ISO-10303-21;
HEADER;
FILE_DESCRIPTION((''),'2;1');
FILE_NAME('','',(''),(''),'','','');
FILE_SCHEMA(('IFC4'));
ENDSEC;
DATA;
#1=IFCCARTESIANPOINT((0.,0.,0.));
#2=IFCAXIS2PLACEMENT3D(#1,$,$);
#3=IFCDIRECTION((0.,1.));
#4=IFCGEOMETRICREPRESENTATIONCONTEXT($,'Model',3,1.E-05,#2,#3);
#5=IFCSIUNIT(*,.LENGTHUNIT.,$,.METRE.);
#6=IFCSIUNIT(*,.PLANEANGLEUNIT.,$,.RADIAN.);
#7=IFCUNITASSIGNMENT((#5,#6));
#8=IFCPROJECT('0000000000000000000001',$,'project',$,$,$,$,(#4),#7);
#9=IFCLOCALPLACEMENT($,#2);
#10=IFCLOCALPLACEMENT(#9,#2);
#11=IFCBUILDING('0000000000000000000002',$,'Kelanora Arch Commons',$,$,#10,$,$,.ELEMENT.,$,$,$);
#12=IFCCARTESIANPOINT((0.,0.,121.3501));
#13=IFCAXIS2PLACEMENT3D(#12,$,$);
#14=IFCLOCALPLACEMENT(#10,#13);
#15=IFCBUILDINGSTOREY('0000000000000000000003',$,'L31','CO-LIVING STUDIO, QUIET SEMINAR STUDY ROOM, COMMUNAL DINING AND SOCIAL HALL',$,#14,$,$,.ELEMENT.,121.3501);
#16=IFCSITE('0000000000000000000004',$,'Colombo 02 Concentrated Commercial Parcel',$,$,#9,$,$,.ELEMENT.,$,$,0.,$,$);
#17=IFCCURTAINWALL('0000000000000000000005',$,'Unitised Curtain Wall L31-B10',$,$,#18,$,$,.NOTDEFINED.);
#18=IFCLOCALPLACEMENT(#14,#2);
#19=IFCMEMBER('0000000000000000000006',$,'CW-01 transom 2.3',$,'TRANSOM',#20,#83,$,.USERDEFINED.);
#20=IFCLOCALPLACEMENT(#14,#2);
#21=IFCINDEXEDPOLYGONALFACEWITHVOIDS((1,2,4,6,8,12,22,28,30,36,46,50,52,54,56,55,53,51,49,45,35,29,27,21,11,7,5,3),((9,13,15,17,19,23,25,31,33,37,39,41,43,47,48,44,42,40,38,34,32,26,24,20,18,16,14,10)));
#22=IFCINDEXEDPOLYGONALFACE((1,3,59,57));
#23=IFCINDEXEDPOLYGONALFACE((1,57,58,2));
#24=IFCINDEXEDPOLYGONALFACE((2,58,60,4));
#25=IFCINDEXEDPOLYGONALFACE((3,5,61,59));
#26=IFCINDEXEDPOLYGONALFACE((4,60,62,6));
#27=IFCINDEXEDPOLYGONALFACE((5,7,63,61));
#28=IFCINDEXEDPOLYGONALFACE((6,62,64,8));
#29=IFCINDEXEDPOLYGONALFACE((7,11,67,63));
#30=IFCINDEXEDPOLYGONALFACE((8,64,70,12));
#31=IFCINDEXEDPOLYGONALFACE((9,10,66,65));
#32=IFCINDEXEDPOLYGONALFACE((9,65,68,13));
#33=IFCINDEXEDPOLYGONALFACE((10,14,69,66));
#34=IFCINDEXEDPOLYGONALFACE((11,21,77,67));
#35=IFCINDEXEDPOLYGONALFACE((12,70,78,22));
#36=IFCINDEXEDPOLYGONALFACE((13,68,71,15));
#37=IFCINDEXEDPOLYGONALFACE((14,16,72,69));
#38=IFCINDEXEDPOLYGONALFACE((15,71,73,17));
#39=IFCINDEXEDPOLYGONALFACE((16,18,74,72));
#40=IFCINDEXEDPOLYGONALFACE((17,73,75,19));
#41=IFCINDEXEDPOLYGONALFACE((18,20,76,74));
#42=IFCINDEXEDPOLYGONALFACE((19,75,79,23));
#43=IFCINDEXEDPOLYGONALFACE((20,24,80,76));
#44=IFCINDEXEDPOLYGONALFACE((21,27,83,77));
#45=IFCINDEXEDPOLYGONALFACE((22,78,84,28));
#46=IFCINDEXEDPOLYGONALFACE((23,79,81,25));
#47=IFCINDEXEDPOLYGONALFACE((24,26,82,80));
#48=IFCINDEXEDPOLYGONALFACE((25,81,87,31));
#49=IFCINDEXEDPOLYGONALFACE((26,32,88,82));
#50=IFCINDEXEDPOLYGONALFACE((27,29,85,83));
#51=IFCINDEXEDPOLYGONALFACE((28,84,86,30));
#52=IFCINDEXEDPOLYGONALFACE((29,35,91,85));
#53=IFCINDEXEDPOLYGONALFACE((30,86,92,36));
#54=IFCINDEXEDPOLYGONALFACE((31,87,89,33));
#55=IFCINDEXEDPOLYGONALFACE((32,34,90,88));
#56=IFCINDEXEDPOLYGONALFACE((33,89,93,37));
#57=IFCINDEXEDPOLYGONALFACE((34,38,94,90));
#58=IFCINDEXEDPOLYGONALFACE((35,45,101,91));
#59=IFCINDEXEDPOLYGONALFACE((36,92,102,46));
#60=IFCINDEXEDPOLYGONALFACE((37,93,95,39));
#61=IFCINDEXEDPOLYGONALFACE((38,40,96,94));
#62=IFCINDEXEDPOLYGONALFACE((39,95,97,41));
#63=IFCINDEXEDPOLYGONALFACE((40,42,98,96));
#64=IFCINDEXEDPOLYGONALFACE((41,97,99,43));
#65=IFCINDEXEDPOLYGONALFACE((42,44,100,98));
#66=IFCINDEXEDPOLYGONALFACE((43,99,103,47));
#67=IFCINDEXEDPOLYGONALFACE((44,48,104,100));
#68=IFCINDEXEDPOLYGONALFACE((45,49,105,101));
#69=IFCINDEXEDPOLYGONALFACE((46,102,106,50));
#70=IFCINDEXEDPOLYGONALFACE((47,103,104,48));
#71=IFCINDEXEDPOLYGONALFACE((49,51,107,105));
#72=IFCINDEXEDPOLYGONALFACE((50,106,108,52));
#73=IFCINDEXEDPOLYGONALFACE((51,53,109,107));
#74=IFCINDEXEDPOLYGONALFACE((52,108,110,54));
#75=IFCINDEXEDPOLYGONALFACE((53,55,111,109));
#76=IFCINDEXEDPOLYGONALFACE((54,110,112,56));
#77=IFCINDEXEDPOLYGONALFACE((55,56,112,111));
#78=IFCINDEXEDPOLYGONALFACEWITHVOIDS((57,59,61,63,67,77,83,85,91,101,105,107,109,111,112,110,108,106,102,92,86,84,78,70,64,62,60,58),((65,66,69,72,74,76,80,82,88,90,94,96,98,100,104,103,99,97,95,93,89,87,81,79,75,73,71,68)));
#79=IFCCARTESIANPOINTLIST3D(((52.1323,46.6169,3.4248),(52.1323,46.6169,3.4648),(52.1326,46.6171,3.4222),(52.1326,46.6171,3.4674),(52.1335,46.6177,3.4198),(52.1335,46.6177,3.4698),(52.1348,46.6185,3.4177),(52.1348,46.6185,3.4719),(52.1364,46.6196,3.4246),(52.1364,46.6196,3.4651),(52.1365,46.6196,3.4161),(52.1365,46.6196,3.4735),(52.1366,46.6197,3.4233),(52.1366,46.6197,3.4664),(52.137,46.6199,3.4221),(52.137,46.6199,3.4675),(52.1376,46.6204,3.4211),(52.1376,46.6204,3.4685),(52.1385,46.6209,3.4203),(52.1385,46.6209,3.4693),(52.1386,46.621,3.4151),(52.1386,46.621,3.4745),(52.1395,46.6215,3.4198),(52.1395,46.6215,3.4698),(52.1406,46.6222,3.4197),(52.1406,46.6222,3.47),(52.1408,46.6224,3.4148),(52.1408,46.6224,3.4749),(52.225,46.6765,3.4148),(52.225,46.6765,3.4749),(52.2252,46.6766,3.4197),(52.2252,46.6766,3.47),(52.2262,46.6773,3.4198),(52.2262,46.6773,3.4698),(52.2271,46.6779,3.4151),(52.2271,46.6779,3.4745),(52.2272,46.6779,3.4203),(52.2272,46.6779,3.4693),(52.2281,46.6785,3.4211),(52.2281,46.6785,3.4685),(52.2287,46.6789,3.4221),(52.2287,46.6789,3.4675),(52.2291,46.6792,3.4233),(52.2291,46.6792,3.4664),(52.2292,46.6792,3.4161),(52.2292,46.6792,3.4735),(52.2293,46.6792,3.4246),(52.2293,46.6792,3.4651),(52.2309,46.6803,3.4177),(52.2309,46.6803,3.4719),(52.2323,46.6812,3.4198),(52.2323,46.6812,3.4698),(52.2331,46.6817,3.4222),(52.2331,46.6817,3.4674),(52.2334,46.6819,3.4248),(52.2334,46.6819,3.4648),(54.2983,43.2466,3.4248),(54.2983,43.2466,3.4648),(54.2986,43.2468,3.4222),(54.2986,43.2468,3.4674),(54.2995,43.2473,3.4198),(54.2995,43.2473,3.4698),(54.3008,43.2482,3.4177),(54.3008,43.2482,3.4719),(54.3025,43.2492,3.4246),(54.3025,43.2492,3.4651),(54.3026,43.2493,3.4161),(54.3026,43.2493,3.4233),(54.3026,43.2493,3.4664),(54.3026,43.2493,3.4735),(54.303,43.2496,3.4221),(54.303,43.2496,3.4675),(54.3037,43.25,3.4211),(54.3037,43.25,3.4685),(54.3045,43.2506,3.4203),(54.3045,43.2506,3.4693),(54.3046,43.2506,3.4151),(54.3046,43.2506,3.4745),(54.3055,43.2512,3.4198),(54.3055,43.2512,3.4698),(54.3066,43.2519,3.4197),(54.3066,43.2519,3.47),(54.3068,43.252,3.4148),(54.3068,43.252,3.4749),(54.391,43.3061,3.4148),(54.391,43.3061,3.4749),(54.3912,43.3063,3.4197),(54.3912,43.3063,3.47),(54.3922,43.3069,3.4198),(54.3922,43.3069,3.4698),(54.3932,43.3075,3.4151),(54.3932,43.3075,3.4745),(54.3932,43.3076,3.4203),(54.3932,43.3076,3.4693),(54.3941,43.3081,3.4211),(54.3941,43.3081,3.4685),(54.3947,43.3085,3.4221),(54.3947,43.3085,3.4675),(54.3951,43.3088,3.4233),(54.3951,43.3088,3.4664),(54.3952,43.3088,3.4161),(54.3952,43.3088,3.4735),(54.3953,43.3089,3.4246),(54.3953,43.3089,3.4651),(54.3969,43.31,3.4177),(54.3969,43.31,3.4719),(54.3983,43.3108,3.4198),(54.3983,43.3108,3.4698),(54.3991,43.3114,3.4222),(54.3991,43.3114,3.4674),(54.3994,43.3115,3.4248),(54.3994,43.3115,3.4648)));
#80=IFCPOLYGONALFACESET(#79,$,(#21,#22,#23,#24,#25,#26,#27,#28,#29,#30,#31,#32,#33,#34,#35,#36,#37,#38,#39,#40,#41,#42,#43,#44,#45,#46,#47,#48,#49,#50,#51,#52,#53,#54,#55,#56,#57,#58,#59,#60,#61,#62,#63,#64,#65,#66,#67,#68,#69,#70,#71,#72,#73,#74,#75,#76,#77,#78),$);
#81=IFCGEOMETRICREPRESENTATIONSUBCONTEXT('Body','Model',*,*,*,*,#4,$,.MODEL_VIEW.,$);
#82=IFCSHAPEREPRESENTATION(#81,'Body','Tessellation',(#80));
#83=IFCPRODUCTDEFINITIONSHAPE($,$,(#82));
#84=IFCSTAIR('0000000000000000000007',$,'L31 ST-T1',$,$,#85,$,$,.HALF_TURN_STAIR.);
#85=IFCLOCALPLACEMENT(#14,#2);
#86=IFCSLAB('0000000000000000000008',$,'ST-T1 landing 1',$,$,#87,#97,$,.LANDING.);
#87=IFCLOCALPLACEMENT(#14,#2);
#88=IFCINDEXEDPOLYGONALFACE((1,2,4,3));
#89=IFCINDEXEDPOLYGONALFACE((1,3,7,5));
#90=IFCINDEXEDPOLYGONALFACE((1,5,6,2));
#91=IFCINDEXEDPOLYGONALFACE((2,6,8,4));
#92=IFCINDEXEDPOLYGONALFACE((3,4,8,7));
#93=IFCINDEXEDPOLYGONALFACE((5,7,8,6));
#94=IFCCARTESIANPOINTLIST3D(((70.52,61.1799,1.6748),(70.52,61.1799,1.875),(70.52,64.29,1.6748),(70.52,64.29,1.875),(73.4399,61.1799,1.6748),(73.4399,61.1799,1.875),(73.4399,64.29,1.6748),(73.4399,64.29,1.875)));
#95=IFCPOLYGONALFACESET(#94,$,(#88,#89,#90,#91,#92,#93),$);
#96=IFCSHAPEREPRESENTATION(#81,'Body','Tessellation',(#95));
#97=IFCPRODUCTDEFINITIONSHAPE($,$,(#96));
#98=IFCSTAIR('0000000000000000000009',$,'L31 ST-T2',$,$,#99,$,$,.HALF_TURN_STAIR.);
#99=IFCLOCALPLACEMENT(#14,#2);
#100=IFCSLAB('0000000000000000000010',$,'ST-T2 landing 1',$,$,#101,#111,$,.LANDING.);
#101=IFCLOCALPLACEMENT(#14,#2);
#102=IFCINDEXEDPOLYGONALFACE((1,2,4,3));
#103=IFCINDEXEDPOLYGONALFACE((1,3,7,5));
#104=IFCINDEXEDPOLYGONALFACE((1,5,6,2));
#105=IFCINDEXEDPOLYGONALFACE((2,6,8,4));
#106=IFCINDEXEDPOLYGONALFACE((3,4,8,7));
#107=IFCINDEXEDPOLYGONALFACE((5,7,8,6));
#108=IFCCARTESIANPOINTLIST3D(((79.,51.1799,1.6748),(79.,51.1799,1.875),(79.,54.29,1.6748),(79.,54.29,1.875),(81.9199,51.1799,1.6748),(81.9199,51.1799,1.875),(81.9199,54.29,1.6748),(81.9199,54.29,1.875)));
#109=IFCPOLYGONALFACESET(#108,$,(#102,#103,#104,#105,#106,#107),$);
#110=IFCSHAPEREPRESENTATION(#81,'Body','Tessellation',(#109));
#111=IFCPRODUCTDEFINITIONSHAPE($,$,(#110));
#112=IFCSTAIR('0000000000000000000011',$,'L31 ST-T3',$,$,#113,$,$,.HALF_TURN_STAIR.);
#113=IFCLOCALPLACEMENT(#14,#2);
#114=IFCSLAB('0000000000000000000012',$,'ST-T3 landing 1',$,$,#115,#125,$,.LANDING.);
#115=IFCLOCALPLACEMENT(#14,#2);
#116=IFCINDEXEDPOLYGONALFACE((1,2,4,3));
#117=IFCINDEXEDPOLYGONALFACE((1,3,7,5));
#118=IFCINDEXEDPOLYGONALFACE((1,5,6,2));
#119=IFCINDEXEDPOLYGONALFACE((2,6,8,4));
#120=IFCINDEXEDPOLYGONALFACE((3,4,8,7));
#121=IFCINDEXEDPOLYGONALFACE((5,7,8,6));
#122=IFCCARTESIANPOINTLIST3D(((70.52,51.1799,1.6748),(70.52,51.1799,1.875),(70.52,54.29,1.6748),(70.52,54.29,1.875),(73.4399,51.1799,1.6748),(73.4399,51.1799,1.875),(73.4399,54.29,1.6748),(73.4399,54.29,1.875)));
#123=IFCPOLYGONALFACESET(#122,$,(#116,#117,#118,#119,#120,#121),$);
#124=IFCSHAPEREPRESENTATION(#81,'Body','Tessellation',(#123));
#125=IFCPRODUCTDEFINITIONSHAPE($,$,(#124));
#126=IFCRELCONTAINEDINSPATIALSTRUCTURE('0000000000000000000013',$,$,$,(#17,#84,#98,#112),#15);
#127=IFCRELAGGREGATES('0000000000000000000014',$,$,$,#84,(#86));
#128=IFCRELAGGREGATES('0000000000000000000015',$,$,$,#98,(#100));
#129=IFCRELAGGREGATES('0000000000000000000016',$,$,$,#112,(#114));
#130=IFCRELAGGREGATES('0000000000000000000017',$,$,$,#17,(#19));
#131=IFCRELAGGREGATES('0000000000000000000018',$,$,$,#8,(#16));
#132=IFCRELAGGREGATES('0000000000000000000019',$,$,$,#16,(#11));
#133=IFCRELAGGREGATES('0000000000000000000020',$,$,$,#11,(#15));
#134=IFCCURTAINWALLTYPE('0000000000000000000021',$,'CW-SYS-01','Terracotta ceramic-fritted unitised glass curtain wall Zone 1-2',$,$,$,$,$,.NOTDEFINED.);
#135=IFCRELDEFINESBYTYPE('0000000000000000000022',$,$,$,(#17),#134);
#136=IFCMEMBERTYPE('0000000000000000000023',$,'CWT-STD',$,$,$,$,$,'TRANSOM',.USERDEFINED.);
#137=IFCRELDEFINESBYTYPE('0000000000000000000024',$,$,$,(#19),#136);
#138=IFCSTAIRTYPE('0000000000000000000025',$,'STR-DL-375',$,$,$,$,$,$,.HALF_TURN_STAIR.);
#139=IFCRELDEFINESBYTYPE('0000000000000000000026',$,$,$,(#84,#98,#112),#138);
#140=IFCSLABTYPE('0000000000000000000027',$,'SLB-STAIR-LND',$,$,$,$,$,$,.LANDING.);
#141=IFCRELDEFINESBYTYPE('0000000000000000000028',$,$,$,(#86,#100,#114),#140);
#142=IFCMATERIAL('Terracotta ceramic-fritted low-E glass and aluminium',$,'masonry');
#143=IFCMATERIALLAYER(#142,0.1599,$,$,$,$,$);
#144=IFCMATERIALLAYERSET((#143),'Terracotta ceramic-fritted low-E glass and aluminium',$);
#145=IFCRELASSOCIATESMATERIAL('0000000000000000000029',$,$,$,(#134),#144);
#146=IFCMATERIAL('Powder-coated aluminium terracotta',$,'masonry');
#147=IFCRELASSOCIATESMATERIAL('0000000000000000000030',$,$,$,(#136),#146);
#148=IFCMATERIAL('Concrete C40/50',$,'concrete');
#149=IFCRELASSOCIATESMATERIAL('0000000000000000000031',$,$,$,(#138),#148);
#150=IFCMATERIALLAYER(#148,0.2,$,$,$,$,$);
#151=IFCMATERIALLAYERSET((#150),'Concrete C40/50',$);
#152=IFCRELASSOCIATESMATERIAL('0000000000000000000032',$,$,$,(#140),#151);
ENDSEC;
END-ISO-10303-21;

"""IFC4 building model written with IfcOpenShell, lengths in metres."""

from ifc_helpers import new_model, si_unit, direction, frame, origin, origin_2d, place, context, subcontext, project, spatial, polyline, hollow_rectangle, outline, extrude, material, layer, layer_set, material_profile, profile_set, type_object, element, aggregate, save


model = new_model("IFC4")

# Units and contexts
model_context = context("Model", 3, precision=1e-05, world=origin(), true_north=direction((0.0, 1.0)))
body_context = subcontext(model_context, "Body", "Model", "MODEL_VIEW")
ifc_project = project(units=[si_unit("LENGTHUNIT", "METRE"), si_unit("PLANEANGLEUNIT", "RADIAN")], contexts=[model_context])

# Site, building, storey
site_placement = place(None, origin())
site = spatial("IfcSite", under=ifc_project, at=site_placement, Name="Colombo 02 Concentrated Commercial Parcel", CompositionType="ELEMENT", RefElevation=0.0)
building_placement = place(site_placement, origin())
building = spatial("IfcBuilding", under=site, at=building_placement, Name="Kelanora Arch Commons", CompositionType="ELEMENT")
storey_placement = place(building_placement, frame((0.0, 0.0, 121.3501)))
storey = spatial("IfcBuildingStorey", under=building, at=storey_placement, Name="L31", Description="CO-LIVING STUDIO, QUIET SEMINAR STUDY ROOM, COMMUNAL DINING AND SOCIAL HALL", CompositionType="ELEMENT", Elevation=121.3501)

# Curtain wall, member
ifc_material_1 = material(Name="Terracotta ceramic-fritted low-E glass and aluminium", Category="masonry")
ifc_layer_1 = layer(ifc_material_1, 0.1599)
ifc_layer_set_1 = layer_set([ifc_layer_1], Name="Terracotta ceramic-fritted low-E glass and aluminium")
curtain_wall_type = type_object("IfcCurtainWallType", Name="CW-SYS-01", Description="Terracotta ceramic-fritted unitised glass curtain wall Zone 1-2", PredefinedType="NOTDEFINED", material=ifc_layer_set_1)
curtain_wall_placement = place(storey_placement, origin())
curtain_wall = element("IfcCurtainWall", 1, at=curtain_wall_placement, inside=storey, type_object=curtain_wall_type, Name="Unitised Curtain Wall L31-B10", PredefinedType="NOTDEFINED")
ifc_material_2 = material(Name="Powder-coated aluminium terracotta", Category="masonry")
ifc_material_profile_1 = material_profile(ifc_material_2, hollow_rectangle(XDim=0.1201, YDim=0.0601, WallThickness=0.0049, InnerFilletRadius=0.0049, OuterFilletRadius=0.01, at=origin_2d()), Name="CWT120x60")
ifc_profile_set_1 = profile_set([ifc_material_profile_1], Name="Powder-coated aluminium terracotta")
member_type_1 = type_object("IfcMemberType", Name="CWT-STD", ElementType="TRANSOM", PredefinedType="USERDEFINED", material=ifc_profile_set_1)
member_1_placement = place(storey_placement, frame((52.1829, 46.6494, 3.4448), z_axis=(0.540644, -0.841252, 0.0), x_axis=(0.841252, 0.540644, 0.0)))
member_1 = element("IfcMember", 2, at=member_1_placement, type_object=member_type_1, Name="CW-01 transom 2.3", ObjectType="TRANSOM", PredefinedType="USERDEFINED", context=body_context, shape_type="SweptSolid", body=[
    extrude(hollow_rectangle(XDim=0.1201, YDim=0.0601, WallThickness=0.0049, InnerFilletRadius=0.0049, OuterFilletRadius=0.01, at=origin_2d()), origin(), (0.0, 0.0, 1.0), 4.0063),
])

# Stairs, slabs
ifc_material_3 = material(Name="Concrete C40/50", Category="concrete")
stair_type = type_object("IfcStairType", Name="STR-DL-375", PredefinedType="HALF_TURN_STAIR", material=ifc_material_3)
stair_1_placement = place(storey_placement, origin())
stair_1 = element("IfcStair", 3, at=stair_1_placement, inside=storey, type_object=stair_type, Name="L31 ST-T1", PredefinedType="HALF_TURN_STAIR")
ifc_layer_2 = layer(ifc_material_3, 0.2)
ifc_layer_set_2 = layer_set([ifc_layer_2], Name="Concrete C40/50")
slab_type_1 = type_object("IfcSlabType", Name="SLB-STAIR-LND", PredefinedType="LANDING", material=ifc_layer_set_2)
slab_1_placement = place(storey_placement, frame((0.0, 0.0, 1.6748)))
slab_1 = element("IfcSlab", 4, at=slab_1_placement, type_object=slab_type_1, Name="ST-T1 landing 1", PredefinedType="LANDING", context=body_context, shape_type="SweptSolid", body=[
    extrude(outline(polyline([(70.52, 61.1799), (73.4399, 61.1799), (73.4399, 64.29), (70.52, 64.29), (70.52, 61.1799)])), origin(), (0.0, 0.0, 1.0), 0.2002),
])
aggregate(stair_1, [slab_1])
stair_2_placement = place(storey_placement, origin())
stair_2 = element("IfcStair", 5, at=stair_2_placement, inside=storey, type_object=stair_type, Name="L31 ST-T2", PredefinedType="HALF_TURN_STAIR")
slab_2_placement = place(storey_placement, frame((0.0, 0.0, 1.6748)))
slab_2 = element("IfcSlab", 6, at=slab_2_placement, type_object=slab_type_1, Name="ST-T2 landing 1", PredefinedType="LANDING", context=body_context, shape_type="SweptSolid", body=[
    extrude(outline(polyline([(79.0, 51.1799), (81.9199, 51.1799), (81.9199, 54.29), (79.0, 54.29), (79.0, 51.1799)])), origin(), (0.0, 0.0, 1.0), 0.2002),
])
aggregate(stair_2, [slab_2])
stair_3_placement = place(storey_placement, origin())
stair_3 = element("IfcStair", 7, at=stair_3_placement, inside=storey, type_object=stair_type, Name="L31 ST-T3", PredefinedType="HALF_TURN_STAIR")
slab_3_placement = place(storey_placement, frame((0.0, 0.0, 1.6748)))
slab_3 = element("IfcSlab", 8, at=slab_3_placement, type_object=slab_type_1, Name="ST-T3 landing 1", PredefinedType="LANDING", context=body_context, shape_type="SweptSolid", body=[
    extrude(outline(polyline([(70.52, 51.1799), (73.4399, 51.1799), (73.4399, 54.29), (70.52, 54.29), (70.52, 51.1799)])), origin(), (0.0, 0.0, 1.0), 0.2002),
])
aggregate(stair_3, [slab_3])

aggregate(curtain_wall, [member_1])

save(model, "model.ifc")
